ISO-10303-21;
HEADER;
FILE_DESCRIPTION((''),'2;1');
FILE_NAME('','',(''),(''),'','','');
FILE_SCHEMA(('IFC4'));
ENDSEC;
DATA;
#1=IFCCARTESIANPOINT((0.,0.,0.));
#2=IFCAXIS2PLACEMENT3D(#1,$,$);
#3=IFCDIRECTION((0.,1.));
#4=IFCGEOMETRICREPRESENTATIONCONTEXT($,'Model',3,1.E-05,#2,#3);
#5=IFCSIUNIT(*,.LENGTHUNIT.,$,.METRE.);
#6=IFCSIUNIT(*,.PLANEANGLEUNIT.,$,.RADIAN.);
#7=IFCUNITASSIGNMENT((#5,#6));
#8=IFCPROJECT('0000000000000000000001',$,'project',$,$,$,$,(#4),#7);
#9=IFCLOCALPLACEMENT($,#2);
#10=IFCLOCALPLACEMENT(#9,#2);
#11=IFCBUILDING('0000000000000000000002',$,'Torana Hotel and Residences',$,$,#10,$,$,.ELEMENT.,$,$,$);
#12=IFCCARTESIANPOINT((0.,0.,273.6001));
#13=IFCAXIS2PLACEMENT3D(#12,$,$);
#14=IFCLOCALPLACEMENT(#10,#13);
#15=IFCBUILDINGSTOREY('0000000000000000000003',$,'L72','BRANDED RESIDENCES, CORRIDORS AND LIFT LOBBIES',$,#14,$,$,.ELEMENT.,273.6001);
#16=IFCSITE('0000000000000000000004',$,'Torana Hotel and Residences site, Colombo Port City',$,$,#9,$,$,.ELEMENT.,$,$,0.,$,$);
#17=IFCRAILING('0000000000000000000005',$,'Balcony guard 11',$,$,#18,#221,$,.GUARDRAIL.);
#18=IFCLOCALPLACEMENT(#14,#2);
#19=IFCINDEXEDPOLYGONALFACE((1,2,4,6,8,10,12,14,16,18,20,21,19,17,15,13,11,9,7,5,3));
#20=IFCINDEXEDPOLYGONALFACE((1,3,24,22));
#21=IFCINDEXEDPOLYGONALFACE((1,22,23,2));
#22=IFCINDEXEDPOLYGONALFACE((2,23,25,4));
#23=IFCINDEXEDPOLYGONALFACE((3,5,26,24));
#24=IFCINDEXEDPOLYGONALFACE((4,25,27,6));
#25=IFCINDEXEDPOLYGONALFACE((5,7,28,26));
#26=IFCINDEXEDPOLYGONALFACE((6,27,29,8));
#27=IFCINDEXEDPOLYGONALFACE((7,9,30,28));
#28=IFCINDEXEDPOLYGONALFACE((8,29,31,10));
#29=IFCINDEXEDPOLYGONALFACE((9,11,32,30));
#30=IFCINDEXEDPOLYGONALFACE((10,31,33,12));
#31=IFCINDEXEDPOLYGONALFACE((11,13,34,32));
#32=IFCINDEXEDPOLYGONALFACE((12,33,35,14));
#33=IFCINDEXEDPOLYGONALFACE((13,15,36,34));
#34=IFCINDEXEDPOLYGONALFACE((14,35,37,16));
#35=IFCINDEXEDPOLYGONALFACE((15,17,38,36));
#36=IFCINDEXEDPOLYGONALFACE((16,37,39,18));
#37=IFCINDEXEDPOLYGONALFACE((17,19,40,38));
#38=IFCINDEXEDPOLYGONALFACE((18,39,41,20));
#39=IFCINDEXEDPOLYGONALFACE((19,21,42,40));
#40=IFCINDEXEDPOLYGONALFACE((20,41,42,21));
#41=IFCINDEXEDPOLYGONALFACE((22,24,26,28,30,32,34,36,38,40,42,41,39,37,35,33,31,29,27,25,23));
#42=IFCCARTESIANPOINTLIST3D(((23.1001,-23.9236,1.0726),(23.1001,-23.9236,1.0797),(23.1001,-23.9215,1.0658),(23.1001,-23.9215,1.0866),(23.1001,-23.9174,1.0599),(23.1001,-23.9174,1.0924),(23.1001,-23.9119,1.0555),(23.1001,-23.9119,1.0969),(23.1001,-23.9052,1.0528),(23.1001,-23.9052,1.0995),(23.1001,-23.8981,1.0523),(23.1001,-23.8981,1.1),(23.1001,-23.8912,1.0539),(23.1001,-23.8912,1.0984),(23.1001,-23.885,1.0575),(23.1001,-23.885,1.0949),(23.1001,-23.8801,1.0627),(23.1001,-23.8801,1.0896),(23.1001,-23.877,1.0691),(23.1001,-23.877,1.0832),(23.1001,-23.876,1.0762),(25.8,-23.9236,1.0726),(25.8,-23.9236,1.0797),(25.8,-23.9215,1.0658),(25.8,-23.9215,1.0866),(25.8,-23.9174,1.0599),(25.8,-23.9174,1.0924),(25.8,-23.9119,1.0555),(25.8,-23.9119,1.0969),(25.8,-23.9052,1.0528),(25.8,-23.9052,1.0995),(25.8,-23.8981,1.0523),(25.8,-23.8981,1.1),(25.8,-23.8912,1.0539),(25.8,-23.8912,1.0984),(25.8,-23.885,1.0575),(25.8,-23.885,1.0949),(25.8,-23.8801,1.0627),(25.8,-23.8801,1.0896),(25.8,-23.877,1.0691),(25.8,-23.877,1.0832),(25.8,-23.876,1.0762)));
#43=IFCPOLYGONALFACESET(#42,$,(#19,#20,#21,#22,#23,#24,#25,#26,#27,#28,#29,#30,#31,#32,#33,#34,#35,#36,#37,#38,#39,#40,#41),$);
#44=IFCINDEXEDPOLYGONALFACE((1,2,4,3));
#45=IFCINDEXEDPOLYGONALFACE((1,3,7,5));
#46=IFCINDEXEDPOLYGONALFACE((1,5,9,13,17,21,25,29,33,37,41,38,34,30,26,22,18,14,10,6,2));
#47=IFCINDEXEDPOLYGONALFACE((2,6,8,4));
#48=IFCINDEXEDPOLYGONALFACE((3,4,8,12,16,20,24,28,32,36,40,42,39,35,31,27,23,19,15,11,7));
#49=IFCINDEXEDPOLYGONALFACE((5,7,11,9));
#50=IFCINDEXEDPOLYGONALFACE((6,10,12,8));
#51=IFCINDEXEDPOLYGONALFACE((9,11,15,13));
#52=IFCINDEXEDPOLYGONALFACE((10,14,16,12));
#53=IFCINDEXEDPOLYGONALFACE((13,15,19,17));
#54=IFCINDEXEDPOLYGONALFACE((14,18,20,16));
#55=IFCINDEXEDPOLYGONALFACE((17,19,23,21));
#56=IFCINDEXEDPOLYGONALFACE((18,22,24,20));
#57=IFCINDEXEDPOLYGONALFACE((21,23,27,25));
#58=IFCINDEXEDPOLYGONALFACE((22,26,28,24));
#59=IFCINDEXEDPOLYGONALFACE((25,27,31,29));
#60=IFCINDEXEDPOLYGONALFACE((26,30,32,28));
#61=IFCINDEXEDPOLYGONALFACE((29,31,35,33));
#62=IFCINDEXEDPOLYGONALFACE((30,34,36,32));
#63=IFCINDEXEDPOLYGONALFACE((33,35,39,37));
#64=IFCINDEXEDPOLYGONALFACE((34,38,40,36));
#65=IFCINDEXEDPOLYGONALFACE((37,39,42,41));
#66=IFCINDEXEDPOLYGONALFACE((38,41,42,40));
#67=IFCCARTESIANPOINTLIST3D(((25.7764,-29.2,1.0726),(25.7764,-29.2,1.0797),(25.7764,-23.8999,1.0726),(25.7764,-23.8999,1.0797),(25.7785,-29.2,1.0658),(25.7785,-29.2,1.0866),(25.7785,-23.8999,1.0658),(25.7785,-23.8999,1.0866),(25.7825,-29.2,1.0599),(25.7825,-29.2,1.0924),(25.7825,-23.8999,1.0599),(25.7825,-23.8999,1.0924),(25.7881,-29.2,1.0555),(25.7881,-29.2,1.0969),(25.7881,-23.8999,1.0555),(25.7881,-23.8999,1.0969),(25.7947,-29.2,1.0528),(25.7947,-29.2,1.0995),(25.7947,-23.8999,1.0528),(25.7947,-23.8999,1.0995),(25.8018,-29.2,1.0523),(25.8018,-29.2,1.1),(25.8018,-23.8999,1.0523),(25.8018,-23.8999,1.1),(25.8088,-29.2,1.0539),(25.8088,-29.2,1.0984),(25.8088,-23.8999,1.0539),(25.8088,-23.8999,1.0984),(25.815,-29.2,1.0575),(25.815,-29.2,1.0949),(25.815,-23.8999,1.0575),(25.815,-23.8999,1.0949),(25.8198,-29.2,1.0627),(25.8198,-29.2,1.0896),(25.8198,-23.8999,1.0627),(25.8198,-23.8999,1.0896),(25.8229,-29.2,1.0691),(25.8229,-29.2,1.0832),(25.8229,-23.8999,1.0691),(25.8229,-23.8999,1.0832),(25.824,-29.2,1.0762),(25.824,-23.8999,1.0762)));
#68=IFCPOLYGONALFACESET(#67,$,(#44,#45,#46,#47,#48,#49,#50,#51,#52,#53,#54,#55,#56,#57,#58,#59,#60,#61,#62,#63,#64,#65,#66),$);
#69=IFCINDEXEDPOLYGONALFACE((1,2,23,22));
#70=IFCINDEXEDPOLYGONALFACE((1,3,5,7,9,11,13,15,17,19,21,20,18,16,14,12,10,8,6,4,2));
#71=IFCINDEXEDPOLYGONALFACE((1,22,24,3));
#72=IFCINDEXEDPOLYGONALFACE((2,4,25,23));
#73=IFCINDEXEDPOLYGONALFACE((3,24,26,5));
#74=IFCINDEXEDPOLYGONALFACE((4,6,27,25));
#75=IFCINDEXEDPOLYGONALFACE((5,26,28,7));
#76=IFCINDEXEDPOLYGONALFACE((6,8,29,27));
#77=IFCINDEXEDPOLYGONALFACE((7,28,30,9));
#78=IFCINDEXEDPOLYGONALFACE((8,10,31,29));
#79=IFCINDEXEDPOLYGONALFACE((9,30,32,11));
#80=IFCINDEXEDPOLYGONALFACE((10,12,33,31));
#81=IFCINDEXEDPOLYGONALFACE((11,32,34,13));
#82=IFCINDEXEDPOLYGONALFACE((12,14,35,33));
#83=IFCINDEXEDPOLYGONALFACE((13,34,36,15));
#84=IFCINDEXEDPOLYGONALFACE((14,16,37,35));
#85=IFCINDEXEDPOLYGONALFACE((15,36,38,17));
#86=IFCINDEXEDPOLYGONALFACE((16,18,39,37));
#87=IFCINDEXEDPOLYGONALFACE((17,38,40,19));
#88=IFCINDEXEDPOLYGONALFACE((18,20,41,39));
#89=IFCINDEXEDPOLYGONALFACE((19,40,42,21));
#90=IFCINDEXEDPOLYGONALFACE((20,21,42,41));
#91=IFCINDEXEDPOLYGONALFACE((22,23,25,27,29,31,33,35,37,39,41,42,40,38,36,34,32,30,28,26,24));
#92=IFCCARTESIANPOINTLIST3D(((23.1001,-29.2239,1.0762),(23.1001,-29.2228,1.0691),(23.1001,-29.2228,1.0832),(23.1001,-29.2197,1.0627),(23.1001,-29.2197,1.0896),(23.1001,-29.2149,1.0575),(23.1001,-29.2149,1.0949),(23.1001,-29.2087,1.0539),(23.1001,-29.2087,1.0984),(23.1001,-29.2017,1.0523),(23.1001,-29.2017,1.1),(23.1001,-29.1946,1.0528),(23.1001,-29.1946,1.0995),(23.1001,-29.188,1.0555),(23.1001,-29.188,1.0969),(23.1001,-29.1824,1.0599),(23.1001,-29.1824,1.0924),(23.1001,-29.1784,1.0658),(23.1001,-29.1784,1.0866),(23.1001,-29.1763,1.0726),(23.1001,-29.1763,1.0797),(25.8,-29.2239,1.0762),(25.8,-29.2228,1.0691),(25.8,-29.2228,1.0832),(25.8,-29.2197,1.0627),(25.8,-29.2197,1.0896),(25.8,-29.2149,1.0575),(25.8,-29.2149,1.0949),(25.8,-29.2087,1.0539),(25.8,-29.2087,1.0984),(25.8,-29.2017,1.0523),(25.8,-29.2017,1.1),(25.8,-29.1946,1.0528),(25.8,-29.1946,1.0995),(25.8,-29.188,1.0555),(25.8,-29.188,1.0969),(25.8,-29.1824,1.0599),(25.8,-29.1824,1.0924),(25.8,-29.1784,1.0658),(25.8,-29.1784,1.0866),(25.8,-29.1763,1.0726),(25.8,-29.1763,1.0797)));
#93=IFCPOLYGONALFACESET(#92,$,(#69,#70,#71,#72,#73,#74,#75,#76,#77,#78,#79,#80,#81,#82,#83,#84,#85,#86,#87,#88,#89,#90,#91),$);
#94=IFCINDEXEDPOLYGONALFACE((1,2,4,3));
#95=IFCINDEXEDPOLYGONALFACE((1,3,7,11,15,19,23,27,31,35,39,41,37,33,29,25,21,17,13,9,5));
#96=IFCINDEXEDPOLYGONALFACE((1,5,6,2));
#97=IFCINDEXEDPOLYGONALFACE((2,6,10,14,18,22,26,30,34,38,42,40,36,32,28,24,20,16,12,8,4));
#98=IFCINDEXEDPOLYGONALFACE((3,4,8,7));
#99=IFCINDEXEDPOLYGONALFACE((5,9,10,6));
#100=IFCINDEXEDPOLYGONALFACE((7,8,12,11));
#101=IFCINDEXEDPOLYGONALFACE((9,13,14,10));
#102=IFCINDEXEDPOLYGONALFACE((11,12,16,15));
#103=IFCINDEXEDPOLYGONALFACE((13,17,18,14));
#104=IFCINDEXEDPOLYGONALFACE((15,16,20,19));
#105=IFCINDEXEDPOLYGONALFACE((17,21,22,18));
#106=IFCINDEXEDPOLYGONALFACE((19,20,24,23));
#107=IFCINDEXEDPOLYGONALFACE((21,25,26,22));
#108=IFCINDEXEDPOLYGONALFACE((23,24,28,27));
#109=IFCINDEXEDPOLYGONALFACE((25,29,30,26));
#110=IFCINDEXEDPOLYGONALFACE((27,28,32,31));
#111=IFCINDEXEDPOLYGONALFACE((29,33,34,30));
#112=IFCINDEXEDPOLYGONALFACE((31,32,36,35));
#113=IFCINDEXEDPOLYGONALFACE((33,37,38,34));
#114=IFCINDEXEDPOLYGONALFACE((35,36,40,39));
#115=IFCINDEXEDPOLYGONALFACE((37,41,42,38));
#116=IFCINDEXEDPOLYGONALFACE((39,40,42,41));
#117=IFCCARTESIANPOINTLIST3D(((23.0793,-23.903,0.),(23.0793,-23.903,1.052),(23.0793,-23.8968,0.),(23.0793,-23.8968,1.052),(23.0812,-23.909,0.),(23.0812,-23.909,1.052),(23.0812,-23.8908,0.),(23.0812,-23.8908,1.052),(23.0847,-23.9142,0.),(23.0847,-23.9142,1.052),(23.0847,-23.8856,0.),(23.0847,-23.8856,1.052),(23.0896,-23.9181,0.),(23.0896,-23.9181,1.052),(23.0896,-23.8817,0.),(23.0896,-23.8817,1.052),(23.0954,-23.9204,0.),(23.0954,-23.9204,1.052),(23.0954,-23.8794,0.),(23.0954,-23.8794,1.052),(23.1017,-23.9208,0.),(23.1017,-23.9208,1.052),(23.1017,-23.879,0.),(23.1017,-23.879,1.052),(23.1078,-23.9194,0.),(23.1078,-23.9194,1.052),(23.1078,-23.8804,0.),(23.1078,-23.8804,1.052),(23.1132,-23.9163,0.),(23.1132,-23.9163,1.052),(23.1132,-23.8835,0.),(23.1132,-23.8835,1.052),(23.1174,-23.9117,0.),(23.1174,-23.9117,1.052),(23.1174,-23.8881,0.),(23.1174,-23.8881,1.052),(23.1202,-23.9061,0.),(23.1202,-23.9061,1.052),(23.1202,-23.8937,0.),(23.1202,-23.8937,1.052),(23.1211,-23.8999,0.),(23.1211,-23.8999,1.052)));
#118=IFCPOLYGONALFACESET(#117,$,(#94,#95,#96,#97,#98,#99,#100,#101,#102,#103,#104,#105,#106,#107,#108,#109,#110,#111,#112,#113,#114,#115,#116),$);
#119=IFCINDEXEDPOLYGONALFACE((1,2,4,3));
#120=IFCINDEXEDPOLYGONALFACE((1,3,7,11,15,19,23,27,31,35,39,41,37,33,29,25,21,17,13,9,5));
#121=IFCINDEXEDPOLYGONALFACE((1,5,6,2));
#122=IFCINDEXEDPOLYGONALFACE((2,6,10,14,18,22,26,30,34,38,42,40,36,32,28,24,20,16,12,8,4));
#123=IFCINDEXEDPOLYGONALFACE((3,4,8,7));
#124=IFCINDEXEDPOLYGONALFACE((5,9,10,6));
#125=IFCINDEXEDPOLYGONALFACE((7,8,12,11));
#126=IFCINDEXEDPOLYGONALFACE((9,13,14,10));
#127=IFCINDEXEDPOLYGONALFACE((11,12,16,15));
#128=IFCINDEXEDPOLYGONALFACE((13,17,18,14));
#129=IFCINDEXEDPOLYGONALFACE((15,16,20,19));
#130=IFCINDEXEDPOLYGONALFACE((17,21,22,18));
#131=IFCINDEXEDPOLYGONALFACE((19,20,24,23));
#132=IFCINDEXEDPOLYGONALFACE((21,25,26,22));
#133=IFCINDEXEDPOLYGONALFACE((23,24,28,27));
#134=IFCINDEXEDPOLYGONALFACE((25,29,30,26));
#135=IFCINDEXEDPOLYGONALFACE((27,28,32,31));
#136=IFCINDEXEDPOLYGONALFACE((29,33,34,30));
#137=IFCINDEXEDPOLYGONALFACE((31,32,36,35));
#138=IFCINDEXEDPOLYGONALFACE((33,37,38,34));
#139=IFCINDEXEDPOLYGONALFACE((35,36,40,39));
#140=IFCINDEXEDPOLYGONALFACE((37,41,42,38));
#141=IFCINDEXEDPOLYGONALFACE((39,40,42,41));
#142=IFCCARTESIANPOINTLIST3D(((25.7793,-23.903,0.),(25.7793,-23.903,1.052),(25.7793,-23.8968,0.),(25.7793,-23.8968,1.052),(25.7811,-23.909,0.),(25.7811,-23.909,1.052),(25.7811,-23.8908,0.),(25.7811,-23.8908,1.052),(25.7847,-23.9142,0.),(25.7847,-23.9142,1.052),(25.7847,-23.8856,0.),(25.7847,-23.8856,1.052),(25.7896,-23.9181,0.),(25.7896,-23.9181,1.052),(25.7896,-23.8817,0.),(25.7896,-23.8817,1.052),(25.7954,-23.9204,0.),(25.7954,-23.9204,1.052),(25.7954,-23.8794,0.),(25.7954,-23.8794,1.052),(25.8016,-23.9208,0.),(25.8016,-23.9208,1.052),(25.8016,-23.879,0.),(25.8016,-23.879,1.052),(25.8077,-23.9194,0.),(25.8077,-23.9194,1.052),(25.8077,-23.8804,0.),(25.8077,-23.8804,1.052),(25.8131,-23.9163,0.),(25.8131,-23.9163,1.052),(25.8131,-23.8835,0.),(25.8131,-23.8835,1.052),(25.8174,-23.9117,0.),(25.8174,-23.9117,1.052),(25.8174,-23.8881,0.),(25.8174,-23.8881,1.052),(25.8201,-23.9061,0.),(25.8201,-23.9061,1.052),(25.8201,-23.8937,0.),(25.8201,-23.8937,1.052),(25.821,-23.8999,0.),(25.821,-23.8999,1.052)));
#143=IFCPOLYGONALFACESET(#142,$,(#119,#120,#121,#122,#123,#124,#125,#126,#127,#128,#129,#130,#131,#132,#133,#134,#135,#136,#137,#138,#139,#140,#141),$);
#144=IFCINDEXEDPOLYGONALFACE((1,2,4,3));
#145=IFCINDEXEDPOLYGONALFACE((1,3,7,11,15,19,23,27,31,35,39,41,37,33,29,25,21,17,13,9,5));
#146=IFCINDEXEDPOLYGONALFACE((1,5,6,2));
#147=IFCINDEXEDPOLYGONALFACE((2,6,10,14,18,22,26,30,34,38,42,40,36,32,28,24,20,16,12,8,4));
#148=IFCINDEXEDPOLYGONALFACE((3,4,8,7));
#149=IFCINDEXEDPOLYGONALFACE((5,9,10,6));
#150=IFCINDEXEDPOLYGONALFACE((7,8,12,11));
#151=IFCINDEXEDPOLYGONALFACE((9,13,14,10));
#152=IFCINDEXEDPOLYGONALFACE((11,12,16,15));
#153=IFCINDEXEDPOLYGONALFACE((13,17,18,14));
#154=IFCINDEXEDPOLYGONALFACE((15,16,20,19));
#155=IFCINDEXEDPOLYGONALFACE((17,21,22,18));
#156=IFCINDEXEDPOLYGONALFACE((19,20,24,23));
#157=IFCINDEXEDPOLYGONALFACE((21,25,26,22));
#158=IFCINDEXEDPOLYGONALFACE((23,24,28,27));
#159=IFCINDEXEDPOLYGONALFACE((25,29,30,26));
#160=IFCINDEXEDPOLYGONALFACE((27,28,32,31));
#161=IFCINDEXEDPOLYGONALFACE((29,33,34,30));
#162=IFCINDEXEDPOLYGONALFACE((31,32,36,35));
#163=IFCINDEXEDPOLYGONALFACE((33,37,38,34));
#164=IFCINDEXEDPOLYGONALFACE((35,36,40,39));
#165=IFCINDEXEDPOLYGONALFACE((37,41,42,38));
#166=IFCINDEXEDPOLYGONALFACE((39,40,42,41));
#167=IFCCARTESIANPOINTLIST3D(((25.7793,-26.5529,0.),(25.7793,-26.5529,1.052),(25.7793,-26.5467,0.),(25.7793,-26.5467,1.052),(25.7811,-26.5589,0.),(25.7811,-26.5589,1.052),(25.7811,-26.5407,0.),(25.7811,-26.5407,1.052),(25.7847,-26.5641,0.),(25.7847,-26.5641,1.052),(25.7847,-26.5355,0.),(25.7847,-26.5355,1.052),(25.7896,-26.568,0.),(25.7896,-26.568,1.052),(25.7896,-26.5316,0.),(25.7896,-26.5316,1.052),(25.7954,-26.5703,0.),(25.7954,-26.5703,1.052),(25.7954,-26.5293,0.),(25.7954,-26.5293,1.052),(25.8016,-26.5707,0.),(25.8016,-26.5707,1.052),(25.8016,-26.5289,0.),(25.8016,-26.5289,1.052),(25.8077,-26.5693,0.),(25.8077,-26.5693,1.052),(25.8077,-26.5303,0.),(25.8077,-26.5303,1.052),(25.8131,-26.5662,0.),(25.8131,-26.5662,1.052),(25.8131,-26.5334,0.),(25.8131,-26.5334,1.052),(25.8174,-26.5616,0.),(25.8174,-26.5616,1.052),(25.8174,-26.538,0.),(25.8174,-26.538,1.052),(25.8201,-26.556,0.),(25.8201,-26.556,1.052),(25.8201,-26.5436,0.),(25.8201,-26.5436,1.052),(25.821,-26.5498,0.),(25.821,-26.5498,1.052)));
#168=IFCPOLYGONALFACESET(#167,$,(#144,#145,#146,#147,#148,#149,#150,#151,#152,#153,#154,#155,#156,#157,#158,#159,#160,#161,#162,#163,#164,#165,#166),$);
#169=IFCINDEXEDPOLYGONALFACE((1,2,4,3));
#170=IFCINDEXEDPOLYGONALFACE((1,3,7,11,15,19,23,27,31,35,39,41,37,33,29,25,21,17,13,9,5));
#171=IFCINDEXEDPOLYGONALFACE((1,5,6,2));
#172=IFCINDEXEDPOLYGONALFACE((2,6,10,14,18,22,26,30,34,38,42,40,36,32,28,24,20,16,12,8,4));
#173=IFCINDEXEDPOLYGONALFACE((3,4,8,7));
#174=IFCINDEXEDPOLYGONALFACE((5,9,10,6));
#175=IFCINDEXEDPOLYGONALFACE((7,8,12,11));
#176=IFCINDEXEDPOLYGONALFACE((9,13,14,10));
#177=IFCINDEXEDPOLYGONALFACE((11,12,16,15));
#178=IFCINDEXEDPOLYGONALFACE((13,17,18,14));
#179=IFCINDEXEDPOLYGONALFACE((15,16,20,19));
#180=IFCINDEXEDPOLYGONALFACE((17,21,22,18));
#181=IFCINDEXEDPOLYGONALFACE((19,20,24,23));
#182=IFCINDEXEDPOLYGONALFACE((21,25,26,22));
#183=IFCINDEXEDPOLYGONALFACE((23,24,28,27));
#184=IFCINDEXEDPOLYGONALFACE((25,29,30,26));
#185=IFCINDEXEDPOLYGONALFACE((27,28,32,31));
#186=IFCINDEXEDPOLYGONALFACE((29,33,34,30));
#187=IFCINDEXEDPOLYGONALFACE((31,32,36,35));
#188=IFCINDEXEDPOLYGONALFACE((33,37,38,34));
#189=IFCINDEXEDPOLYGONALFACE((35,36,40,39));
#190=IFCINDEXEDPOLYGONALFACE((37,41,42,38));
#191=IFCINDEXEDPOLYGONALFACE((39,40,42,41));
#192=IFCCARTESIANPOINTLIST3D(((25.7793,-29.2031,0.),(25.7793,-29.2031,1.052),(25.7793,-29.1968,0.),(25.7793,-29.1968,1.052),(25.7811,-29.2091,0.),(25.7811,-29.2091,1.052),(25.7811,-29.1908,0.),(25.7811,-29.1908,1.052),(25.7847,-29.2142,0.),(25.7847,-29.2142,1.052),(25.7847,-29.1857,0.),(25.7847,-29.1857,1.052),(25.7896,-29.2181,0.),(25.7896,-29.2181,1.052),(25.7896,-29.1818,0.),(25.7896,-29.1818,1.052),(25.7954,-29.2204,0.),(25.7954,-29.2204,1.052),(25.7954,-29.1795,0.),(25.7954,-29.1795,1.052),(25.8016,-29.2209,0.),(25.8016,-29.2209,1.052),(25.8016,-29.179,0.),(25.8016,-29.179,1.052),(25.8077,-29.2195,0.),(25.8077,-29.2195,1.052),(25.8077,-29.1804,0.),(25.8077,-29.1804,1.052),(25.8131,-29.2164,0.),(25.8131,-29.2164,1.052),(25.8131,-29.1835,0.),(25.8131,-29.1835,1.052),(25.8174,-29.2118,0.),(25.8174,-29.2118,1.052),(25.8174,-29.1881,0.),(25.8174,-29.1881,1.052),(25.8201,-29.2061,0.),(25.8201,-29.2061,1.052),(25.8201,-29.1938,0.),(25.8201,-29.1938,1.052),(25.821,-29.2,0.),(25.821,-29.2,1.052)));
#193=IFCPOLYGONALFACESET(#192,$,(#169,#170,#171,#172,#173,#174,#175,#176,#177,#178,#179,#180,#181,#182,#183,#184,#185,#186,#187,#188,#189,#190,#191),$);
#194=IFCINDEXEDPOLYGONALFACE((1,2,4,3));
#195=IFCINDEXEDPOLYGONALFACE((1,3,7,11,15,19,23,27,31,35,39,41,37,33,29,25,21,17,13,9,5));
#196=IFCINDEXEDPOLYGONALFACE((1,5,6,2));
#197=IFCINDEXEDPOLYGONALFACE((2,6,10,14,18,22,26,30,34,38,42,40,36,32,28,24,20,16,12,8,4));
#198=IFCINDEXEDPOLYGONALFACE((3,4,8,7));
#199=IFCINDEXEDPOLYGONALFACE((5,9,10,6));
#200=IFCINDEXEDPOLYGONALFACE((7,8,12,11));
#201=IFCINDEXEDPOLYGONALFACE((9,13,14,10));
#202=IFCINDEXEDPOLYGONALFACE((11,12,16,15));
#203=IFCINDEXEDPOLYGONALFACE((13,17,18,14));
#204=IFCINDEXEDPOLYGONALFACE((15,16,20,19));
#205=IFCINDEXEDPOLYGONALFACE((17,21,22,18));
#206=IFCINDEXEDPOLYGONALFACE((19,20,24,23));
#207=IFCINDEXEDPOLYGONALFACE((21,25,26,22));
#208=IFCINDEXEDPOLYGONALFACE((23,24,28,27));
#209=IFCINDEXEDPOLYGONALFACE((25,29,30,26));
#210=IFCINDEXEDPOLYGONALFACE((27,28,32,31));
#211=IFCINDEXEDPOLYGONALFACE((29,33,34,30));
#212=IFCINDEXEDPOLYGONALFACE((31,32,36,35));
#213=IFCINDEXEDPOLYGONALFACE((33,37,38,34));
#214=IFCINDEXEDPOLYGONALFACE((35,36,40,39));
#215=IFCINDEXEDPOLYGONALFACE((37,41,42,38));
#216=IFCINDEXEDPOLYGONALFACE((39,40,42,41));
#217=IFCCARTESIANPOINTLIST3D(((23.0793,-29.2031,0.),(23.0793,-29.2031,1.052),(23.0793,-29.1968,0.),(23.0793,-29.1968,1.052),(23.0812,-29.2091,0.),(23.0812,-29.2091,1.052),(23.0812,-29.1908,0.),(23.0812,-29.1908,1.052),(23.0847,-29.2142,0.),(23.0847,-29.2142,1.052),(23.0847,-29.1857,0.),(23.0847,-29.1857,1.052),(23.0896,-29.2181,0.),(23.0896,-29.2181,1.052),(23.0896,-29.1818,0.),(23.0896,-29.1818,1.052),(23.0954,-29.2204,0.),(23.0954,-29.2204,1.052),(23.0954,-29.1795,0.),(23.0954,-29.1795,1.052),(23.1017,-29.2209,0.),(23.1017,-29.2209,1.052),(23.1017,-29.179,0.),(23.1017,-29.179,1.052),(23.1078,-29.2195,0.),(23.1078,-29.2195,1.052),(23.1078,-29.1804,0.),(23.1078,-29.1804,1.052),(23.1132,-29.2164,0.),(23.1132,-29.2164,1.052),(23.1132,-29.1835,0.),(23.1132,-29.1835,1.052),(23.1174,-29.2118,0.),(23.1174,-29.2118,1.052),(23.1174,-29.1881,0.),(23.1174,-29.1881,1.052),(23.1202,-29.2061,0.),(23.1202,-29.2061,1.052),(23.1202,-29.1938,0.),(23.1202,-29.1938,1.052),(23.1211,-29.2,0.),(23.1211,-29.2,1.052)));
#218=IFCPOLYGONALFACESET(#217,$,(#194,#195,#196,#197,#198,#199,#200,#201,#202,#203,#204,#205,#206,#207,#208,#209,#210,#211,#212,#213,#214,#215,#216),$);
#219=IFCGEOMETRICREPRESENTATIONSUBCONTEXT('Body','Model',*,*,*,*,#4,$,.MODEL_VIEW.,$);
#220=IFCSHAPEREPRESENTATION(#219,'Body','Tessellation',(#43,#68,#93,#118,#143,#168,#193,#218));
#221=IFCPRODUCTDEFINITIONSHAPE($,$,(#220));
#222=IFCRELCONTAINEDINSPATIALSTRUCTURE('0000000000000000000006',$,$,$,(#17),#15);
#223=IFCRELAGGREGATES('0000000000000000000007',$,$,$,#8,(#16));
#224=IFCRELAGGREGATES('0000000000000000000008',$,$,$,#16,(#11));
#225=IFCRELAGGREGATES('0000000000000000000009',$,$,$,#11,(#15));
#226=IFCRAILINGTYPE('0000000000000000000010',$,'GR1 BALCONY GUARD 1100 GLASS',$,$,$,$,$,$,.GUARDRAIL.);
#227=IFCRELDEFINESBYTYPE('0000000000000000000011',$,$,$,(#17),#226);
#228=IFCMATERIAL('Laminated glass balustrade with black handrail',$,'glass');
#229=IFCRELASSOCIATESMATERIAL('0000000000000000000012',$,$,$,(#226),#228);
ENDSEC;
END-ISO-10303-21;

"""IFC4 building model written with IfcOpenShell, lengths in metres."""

from ifc_helpers import new_model, si_unit, direction, frame, origin, origin_2d, place, context, subcontext, project, spatial, circle, extrude, material, type_object, element, save


model = new_model("IFC4")

# Units and contexts
model_context = context("Model", 3, precision=1e-05, world=origin(), true_north=direction((0.0, 1.0)))
body_context = subcontext(model_context, "Body", "Model", "MODEL_VIEW")
ifc_project = project(units=[si_unit("LENGTHUNIT", "METRE"), si_unit("PLANEANGLEUNIT", "RADIAN")], contexts=[model_context])

# Site, building, storey
site_placement = place(None, origin())
site = spatial("IfcSite", under=ifc_project, at=site_placement, Name="Torana Hotel and Residences site, Colombo Port City", CompositionType="ELEMENT", RefElevation=0.0)
building_placement = place(site_placement, origin())
building = spatial("IfcBuilding", under=site, at=building_placement, Name="Torana Hotel and Residences", CompositionType="ELEMENT")
storey_placement = place(building_placement, frame((0.0, 0.0, 273.6001)))
storey = spatial("IfcBuildingStorey", under=building, at=storey_placement, Name="L72", Description="BRANDED RESIDENCES, CORRIDORS AND LIFT LOBBIES", CompositionType="ELEMENT", Elevation=273.6001)

# Railing
ifc_material_1 = material(Name="Laminated glass balustrade with black handrail", Category="glass")
railing_type = type_object("IfcRailingType", Name="GR1 BALCONY GUARD 1100 GLASS", PredefinedType="GUARDRAIL", material=ifc_material_1)
railing_1_placement = place(storey_placement, frame((23.1001, -23.8999, 0.0)))
element("IfcRailing", 1, at=railing_1_placement, inside=storey, type_object=railing_type, Name="Balcony guard 11", PredefinedType="GUARDRAIL", context=body_context, shape_type="SweptSolid", body=[
    extrude(circle(Radius=0.0239, at=origin_2d()), frame((0.0, 0.0, 1.0762), z_axis=(1.0, 0.0, 0.0), x_axis=(0.0, 1.0, 0.0)), (0.0, 0.0, 1.0), 2.7),
    extrude(circle(Radius=0.0239, at=origin_2d()), frame((2.7, 0.0, 1.0762), z_axis=(0.0, -1.0, 0.0), x_axis=(1.0, 0.0, 0.0)), (0.0, 0.0, 1.0), 5.3),
    extrude(circle(Radius=0.0239, at=origin_2d()), frame((2.7, -5.3, 1.0762), z_axis=(-1.0, 0.0, 0.0), x_axis=(0.0, -1.0, 0.0)), (0.0, 0.0, 1.0), 2.7),
    extrude(circle(Radius=0.021, at=origin_2d()), origin(), (0.0, 0.0, 1.0), 1.052),
    extrude(circle(Radius=0.021, at=origin_2d()), frame((2.7, 0.0, 0.0)), (0.0, 0.0, 1.0), 1.052),
    extrude(circle(Radius=0.021, at=origin_2d()), frame((2.7, -2.6499, 0.0)), (0.0, 0.0, 1.0), 1.052),
    extrude(circle(Radius=0.021, at=origin_2d()), frame((2.7, -5.3, 0.0)), (0.0, 0.0, 1.0), 1.052),
    extrude(circle(Radius=0.021, at=origin_2d()), frame((0.0, -5.3, 0.0)), (0.0, 0.0, 1.0), 1.052),
])

save(model, "model.ifc")
